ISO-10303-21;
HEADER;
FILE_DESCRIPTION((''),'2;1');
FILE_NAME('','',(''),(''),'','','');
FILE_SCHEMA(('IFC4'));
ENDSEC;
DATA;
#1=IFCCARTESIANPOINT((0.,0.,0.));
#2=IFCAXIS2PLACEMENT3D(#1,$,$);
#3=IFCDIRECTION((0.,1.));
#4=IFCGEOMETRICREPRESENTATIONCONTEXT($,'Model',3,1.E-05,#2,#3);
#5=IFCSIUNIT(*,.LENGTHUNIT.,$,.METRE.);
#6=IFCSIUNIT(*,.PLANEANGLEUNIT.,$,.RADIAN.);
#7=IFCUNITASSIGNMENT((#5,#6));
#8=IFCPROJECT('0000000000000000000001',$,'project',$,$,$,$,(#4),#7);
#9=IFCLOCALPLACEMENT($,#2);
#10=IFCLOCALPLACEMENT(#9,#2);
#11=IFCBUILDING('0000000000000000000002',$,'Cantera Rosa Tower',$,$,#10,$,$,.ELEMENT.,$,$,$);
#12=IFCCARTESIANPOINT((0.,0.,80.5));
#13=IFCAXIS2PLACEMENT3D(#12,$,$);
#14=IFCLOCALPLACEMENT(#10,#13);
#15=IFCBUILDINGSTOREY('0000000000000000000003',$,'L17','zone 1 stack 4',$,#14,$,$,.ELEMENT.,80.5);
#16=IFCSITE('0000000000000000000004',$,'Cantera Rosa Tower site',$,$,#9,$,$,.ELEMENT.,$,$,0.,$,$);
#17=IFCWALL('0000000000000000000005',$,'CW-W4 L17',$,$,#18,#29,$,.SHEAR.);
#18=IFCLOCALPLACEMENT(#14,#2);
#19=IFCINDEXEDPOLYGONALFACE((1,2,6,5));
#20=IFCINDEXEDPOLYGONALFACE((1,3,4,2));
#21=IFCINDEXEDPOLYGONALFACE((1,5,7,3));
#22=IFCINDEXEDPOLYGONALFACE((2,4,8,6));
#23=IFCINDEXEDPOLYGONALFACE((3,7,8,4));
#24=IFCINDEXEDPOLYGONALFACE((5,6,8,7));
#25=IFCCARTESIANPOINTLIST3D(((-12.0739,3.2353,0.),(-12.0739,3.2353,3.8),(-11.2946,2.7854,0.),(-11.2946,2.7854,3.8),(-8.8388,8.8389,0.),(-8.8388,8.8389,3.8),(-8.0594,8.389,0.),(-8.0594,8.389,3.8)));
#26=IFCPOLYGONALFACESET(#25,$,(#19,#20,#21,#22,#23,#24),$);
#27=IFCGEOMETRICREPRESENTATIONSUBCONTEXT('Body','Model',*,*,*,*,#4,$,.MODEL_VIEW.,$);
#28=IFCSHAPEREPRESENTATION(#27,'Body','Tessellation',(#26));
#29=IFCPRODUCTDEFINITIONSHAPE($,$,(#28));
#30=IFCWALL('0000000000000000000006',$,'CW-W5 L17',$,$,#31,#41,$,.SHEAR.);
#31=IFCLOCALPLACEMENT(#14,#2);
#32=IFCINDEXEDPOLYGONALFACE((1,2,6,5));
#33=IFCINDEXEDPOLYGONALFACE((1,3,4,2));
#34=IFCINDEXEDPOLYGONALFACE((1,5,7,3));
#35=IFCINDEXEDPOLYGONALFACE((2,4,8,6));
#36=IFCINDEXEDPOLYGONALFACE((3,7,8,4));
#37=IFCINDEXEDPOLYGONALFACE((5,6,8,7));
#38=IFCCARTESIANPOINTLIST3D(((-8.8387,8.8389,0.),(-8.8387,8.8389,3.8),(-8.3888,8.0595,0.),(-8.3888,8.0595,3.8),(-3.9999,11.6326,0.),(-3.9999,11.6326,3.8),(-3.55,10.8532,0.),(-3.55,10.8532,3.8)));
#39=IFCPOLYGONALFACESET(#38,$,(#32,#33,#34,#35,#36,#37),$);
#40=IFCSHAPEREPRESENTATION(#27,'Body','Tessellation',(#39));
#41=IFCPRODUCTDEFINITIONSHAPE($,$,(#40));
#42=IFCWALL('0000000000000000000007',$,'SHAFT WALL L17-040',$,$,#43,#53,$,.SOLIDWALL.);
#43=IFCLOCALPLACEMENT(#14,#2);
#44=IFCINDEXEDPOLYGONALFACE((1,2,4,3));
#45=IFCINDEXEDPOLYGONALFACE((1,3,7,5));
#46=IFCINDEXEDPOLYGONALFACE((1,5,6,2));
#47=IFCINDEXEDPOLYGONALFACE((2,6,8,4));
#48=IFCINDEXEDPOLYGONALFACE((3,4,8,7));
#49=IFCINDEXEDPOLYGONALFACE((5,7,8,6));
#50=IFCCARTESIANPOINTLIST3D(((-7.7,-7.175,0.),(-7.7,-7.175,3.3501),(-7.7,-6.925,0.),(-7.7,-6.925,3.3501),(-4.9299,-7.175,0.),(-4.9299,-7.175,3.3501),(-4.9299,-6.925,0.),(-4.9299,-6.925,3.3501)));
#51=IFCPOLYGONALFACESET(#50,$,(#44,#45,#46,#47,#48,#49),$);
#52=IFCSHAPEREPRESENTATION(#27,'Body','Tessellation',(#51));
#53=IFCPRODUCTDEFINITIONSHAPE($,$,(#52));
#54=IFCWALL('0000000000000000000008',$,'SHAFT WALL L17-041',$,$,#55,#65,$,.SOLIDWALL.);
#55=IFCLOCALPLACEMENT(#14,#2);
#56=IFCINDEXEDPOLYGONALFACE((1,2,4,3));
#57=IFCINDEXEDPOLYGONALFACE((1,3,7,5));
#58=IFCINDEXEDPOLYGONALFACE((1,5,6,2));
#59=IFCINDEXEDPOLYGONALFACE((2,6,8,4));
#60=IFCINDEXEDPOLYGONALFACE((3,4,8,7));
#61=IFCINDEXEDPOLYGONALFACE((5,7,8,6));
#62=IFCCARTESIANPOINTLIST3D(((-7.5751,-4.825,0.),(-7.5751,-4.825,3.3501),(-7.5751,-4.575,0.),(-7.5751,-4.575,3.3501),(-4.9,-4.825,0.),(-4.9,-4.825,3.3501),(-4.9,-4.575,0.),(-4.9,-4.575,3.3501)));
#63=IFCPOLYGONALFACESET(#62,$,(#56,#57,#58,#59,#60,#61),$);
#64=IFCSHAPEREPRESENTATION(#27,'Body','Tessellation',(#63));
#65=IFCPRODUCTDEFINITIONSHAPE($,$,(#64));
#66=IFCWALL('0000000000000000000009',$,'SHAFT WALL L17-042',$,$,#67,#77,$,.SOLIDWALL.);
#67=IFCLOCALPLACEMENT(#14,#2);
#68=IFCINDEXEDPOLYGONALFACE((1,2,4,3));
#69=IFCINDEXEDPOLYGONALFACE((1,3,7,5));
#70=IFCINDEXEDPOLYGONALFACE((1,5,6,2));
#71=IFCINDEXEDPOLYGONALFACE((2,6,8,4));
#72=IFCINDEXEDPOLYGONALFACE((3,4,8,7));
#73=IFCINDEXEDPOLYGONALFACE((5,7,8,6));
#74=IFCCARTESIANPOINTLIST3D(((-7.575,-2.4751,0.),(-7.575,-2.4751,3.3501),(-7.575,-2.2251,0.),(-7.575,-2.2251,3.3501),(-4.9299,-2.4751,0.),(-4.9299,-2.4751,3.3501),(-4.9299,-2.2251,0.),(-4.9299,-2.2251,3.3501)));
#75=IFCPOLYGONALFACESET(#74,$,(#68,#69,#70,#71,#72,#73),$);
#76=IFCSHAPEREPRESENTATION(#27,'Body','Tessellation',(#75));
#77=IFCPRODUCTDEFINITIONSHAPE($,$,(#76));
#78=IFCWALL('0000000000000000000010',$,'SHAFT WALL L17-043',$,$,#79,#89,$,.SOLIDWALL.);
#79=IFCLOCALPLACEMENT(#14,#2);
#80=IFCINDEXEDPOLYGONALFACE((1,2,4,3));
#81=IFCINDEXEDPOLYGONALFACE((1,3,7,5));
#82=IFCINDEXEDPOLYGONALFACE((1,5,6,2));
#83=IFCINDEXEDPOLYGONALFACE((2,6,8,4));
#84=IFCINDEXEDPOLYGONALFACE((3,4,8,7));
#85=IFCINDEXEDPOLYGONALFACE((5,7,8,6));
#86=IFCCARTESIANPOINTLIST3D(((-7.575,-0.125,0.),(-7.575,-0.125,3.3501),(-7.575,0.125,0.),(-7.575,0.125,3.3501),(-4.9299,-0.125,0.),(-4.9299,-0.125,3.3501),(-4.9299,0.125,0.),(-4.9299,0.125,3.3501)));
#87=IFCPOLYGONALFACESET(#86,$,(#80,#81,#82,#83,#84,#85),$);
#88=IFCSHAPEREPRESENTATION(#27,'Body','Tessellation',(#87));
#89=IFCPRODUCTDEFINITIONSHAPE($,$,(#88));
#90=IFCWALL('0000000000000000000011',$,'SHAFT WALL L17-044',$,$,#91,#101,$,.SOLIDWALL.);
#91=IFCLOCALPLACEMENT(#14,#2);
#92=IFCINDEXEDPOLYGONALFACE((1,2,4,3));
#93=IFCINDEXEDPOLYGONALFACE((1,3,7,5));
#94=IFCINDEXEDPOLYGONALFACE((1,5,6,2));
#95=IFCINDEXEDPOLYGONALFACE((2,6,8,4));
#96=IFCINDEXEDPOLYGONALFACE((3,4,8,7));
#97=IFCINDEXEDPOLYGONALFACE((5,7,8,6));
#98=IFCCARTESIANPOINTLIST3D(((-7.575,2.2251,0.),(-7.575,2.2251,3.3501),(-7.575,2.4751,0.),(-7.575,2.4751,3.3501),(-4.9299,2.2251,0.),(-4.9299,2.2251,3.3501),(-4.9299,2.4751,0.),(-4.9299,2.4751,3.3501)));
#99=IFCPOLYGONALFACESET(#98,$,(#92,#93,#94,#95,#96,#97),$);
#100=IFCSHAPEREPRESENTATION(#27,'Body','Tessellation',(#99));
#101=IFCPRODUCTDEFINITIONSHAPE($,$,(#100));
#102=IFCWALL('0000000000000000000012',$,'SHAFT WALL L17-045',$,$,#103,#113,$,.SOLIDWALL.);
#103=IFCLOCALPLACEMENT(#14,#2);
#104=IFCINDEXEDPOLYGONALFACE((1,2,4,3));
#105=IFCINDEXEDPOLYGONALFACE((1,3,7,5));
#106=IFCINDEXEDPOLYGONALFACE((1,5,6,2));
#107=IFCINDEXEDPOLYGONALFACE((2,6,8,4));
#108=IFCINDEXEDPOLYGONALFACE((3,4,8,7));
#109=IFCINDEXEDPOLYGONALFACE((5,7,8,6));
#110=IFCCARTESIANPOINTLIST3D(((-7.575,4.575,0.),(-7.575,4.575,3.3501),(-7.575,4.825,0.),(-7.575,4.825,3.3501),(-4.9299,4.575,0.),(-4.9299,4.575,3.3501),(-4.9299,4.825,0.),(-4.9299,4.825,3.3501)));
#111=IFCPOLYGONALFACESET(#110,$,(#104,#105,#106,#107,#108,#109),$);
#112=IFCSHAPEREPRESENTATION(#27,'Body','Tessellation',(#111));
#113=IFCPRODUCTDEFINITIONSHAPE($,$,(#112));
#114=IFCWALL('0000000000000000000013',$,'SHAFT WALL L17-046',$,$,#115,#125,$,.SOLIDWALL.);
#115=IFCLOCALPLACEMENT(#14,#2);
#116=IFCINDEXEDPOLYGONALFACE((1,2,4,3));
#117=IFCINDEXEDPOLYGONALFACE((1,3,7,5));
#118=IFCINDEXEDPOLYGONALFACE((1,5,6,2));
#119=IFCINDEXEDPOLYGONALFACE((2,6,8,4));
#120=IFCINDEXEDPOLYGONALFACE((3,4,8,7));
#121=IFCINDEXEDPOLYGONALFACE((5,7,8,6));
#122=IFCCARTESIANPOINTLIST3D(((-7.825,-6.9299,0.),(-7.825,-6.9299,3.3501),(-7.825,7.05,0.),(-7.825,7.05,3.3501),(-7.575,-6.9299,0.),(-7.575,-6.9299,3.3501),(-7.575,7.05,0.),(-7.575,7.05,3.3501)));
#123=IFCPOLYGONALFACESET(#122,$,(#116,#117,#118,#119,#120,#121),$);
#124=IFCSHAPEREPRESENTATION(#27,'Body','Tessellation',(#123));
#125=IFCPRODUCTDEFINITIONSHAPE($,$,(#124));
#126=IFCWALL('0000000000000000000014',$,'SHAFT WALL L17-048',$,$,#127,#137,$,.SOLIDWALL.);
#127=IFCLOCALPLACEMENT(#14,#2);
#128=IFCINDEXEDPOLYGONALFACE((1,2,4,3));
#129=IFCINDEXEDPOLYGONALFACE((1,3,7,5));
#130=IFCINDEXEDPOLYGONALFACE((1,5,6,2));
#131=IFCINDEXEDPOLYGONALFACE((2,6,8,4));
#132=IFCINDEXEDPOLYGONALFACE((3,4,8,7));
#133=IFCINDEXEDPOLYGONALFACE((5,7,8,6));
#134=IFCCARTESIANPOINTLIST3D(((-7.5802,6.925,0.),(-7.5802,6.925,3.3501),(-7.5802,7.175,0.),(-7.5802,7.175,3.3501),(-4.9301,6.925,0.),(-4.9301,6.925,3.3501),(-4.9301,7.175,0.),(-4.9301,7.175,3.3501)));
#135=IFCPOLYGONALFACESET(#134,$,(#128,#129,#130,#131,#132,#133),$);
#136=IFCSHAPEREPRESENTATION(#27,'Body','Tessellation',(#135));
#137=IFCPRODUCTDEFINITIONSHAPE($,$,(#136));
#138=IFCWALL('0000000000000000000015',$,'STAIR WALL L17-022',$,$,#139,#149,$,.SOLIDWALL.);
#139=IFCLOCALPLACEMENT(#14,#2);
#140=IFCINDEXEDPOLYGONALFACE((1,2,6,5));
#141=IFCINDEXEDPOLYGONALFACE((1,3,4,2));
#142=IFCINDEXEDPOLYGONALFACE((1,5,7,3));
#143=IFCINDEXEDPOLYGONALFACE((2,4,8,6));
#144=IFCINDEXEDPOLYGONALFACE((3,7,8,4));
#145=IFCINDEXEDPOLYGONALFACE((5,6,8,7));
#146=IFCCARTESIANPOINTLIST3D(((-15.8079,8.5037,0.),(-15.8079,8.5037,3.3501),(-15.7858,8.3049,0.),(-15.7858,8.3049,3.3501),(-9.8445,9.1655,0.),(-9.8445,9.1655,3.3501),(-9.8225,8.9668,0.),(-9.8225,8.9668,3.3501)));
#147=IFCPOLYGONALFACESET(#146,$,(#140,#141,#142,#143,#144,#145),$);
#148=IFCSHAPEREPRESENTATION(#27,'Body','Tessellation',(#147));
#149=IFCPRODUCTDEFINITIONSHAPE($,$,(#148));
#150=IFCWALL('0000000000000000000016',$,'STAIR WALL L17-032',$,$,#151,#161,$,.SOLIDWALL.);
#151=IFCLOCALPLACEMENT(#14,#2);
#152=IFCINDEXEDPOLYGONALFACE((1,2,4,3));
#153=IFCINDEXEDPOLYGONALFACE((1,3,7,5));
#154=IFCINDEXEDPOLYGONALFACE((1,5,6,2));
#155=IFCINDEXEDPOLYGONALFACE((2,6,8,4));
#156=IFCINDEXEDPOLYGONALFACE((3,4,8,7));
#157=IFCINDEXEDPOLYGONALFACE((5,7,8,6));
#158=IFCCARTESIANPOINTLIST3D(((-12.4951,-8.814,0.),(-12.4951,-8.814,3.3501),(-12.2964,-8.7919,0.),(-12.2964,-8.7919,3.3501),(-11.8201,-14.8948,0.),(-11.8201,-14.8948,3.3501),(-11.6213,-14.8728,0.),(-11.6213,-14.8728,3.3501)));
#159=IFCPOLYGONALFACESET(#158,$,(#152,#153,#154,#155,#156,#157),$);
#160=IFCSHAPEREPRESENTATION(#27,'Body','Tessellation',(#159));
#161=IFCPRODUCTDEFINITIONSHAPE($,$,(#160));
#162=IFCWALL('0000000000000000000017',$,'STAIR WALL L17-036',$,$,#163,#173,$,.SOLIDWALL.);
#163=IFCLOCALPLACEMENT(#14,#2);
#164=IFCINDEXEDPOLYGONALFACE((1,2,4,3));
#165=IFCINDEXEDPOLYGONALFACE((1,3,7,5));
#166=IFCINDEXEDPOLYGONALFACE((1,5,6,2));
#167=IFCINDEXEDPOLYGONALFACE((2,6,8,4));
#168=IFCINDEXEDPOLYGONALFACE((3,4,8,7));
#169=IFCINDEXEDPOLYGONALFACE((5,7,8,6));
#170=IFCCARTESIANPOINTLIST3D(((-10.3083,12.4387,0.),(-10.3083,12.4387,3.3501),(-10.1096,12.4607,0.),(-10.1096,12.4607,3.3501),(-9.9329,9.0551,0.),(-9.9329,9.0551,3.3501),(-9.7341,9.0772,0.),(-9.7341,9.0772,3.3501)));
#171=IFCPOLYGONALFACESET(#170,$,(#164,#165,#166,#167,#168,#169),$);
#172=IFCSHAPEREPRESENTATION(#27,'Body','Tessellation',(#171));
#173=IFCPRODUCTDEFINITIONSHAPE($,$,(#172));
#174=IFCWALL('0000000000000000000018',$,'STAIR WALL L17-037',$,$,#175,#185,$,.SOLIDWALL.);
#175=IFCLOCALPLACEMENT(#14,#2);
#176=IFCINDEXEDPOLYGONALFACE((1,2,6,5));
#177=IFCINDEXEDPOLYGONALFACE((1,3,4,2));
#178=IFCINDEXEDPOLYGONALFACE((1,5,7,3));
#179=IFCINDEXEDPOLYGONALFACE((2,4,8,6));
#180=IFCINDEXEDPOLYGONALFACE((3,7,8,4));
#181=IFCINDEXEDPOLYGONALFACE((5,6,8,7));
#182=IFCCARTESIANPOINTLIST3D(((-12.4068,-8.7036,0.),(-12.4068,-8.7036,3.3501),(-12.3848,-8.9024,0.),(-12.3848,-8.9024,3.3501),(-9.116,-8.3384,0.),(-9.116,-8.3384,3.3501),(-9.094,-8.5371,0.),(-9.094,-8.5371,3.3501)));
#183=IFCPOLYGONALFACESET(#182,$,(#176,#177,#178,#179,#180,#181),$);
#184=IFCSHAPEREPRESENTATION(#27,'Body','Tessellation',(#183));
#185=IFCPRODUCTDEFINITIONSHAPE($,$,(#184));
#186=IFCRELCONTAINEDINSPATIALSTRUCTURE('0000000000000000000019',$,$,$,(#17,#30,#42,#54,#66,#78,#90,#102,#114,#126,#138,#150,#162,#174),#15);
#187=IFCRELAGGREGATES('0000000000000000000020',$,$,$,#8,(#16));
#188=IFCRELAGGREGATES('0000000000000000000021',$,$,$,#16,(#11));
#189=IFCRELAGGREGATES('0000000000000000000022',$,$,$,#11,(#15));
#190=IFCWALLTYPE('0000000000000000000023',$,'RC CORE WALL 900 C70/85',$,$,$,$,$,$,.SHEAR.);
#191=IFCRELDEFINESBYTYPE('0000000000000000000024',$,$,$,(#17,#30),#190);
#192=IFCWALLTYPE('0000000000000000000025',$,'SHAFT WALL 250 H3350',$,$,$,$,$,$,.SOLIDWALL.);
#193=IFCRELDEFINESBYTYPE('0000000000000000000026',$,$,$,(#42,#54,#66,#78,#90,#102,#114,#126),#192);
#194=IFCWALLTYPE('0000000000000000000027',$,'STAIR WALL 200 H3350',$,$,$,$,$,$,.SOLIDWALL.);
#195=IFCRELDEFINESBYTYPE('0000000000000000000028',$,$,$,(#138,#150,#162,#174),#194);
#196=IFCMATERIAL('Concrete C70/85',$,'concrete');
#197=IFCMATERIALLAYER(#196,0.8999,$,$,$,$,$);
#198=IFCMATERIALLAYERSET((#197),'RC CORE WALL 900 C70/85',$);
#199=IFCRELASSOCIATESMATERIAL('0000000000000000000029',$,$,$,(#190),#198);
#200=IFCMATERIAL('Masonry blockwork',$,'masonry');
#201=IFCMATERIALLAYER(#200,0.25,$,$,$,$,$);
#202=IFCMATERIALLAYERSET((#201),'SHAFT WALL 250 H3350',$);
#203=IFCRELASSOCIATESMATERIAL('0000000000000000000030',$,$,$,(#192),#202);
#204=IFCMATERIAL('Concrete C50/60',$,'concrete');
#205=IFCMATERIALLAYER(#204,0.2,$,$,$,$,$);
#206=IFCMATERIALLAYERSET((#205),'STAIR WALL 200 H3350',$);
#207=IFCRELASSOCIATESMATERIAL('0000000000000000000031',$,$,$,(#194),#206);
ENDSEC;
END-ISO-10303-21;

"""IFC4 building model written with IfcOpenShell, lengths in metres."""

from ifc_helpers import new_model, si_unit, direction, frame, frame_2d, origin, place, context, subcontext, project, spatial, rectangle, extrude, material, layer, layer_set, type_object, element, save


model = new_model("IFC4")

# Units and contexts
model_context = context("Model", 3, precision=1e-05, world=origin(), true_north=direction((0.0, 1.0)))
body_context = subcontext(model_context, "Body", "Model", "MODEL_VIEW")
ifc_project = project(units=[si_unit("LENGTHUNIT", "METRE"), si_unit("PLANEANGLEUNIT", "RADIAN")], contexts=[model_context])

# Site, building, storey
site_placement = place(None, origin())
site = spatial("IfcSite", under=ifc_project, at=site_placement, Name="Cantera Rosa Tower site", CompositionType="ELEMENT", RefElevation=0.0)
building_placement = place(site_placement, origin())
building = spatial("IfcBuilding", under=site, at=building_placement, Name="Cantera Rosa Tower", CompositionType="ELEMENT")
storey_placement = place(building_placement, frame((0.0, 0.0, 80.5)))
storey = spatial("IfcBuildingStorey", under=building, at=storey_placement, Name="L17", Description="zone 1 stack 4", CompositionType="ELEMENT", Elevation=80.5)

# Walls
ifc_material_1 = material(Name="Concrete C70/85", Category="concrete")
ifc_layer_1 = layer(ifc_material_1, 0.8999)
ifc_layer_set_1 = layer_set([ifc_layer_1], Name="RC CORE WALL 900 C70/85")
wall_type_1 = type_object("IfcWallType", Name="RC CORE WALL 900 C70/85", PredefinedType="SHEAR", material=ifc_layer_set_1)
wall_1_placement = place(storey_placement, frame((-11.6843, 3.0103, 0.0), z_axis=(0.0, 0.0, 1.0), x_axis=(0.49999, 0.866031, 0.0)))
element("IfcWall", 1, at=wall_1_placement, inside=storey, type_object=wall_type_1, Name="CW-W4 L17", PredefinedType="SHEAR", context=body_context, shape_type="SweptSolid", body=[
    extrude(rectangle(XDim=6.4705, YDim=0.8999, at=frame_2d((3.2354, 0.0))), origin(), (0.0, 0.0, 1.0), 3.8),
])
wall_2_placement = place(storey_placement, frame((-8.6138, 8.4492, 0.0), z_axis=(0.0, 0.0, 1.0), x_axis=(0.866027, 0.499997, 0.0)))
element("IfcWall", 2, at=wall_2_placement, inside=storey, type_object=wall_type_1, Name="CW-W5 L17", PredefinedType="SHEAR", context=body_context, shape_type="SweptSolid", body=[
    extrude(rectangle(XDim=5.5874, YDim=0.8999, at=frame_2d((2.7937, 0.0))), origin(), (0.0, 0.0, 1.0), 3.8),
])
ifc_material_2 = material(Name="Masonry blockwork", Category="masonry")
ifc_layer_2 = layer(ifc_material_2, 0.25)
ifc_layer_set_2 = layer_set([ifc_layer_2], Name="SHAFT WALL 250 H3350")
wall_type_2 = type_object("IfcWallType", Name="SHAFT WALL 250 H3350", PredefinedType="SOLIDWALL", material=ifc_layer_set_2)
wall_3_placement = place(storey_placement, frame((-7.7, -7.05, 0.0), z_axis=(0.0, 0.0, 1.0), x_axis=(1.0, 0.0, 0.0)))
element("IfcWall", 3, at=wall_3_placement, inside=storey, type_object=wall_type_2, Name="SHAFT WALL L17-040", PredefinedType="SOLIDWALL", context=body_context, shape_type="SweptSolid", body=[
    extrude(rectangle(XDim=2.77, YDim=0.25, at=frame_2d((1.385, 0.0))), origin(), (0.0, 0.0, 1.0), 3.3501),
])
wall_4_placement = place(storey_placement, frame((-7.575, -4.7, 0.0), z_axis=(0.0, 0.0, 1.0), x_axis=(1.0, 0.0, 0.0)))
element("IfcWall", 4, at=wall_4_placement, inside=storey, type_object=wall_type_2, Name="SHAFT WALL L17-041", PredefinedType="SOLIDWALL", context=body_context, shape_type="SweptSolid", body=[
    extrude(rectangle(XDim=2.675, YDim=0.25, at=frame_2d((1.3374, 0.0))), origin(), (0.0, 0.0, 1.0), 3.3501),
])
for number, where, z_axis, x_axis, name in (
    (5, (-7.575, -2.3501, 0.0), (0.0, 0.0, 1.0), (1.0, 0.0, 0.0), "SHAFT WALL L17-042"),
    (6, (-7.575, 0.0, 0.0), (0.0, 0.0, 1.0), (1.0, 0.0, 0.0), "SHAFT WALL L17-043"),
    (7, (-7.575, 2.3501, 0.0), (0.0, 0.0, 1.0), (1.0, 0.0, 0.0), "SHAFT WALL L17-044"),
    (8, (-7.575, 4.7, 0.0), (0.0, 0.0, 1.0), (1.0, 0.0, 0.0), "SHAFT WALL L17-045"),
):
    element("IfcWall", number, at=place(storey_placement, frame(where, z_axis=z_axis, x_axis=x_axis)), inside=storey, type_object=wall_type_2, Name=name, PredefinedType="SOLIDWALL", context=body_context, shape_type="SweptSolid", body=[
        extrude(rectangle(XDim=2.645, YDim=0.25, at=frame_2d((1.3225, 0.0))), origin(), (0.0, 0.0, 1.0), 3.3501),
    ])
wall_5_placement = place(storey_placement, frame((-7.7, 7.05, 0.0), z_axis=(0.0, 0.0, 1.0), x_axis=(0.0, -1.0, 0.0)))
element("IfcWall", 9, at=wall_5_placement, inside=storey, type_object=wall_type_2, Name="SHAFT WALL L17-046", PredefinedType="SOLIDWALL", context=body_context, shape_type="SweptSolid", body=[
    extrude(rectangle(XDim=13.98, YDim=0.25, at=frame_2d((6.99, 0.0))), origin(), (0.0, 0.0, 1.0), 3.3501),
])
wall_6_placement = place(storey_placement, frame((-4.9299, 7.05, 0.0), z_axis=(0.0, 0.0, 1.0), x_axis=(-1.0, 0.0, 0.0)))
element("IfcWall", 10, at=wall_6_placement, inside=storey, type_object=wall_type_2, Name="SHAFT WALL L17-048", PredefinedType="SOLIDWALL", context=body_context, shape_type="SweptSolid", body=[
    extrude(rectangle(XDim=2.6501, YDim=0.25, at=frame_2d((1.3252, 0.0))), origin(), (0.0, 0.0, 1.0), 3.3501),
])
ifc_material_3 = material(Name="Concrete C50/60", Category="concrete")
ifc_layer_3 = layer(ifc_material_3, 0.2)
ifc_layer_set_3 = layer_set([ifc_layer_3], Name="STAIR WALL 200 H3350")
wall_type_3 = type_object("IfcWallType", Name="STAIR WALL 200 H3350", PredefinedType="SOLIDWALL", material=ifc_layer_set_3)
wall_7_placement = place(storey_placement, frame((-15.7969, 8.4043, 0.0), z_axis=(0.0, 0.0, 1.0), x_axis=(0.993897, 0.110311, 0.0)))
element("IfcWall", 11, at=wall_7_placement, inside=storey, type_object=wall_type_3, Name="STAIR WALL L17-022", PredefinedType="SOLIDWALL", context=body_context, shape_type="SweptSolid", body=[
    extrude(rectangle(XDim=6.0, YDim=0.2, at=frame_2d((3.0, 0.0))), origin(), (0.0, 0.0, 1.0), 3.3501),
])
wall_8_placement = place(storey_placement, frame((-12.3958, -8.803, 0.0), z_axis=(0.0, 0.0, 1.0), x_axis=(0.110335, -0.993894, 0.0)))
element("IfcWall", 12, at=wall_8_placement, inside=storey, type_object=wall_type_3, Name="STAIR WALL L17-032", PredefinedType="SOLIDWALL", context=body_context, shape_type="SweptSolid", body=[
    extrude(rectangle(XDim=6.1182, YDim=0.2, at=frame_2d((3.0591, 0.0))), origin(), (0.0, 0.0, 1.0), 3.3501),
])
wall_9_placement = place(storey_placement, frame((-9.8335, 9.0662, 0.0), z_axis=(0.0, 0.0, 1.0), x_axis=(-0.110298, 0.993899, 0.0)))
element("IfcWall", 13, at=wall_9_placement, inside=storey, type_object=wall_type_3, Name="STAIR WALL L17-036", PredefinedType="SOLIDWALL", context=body_context, shape_type="SweptSolid", body=[
    extrude(rectangle(XDim=3.4043, YDim=0.2, at=frame_2d((1.7021, 0.0))), origin(), (0.0, 0.0, 1.0), 3.3501),
])
wall_10_placement = place(storey_placement, frame((-9.105, -8.4377, 0.0), z_axis=(0.0, 0.0, 1.0), x_axis=(-0.993897, -0.11031, 0.0)))
element("IfcWall", 14, at=wall_10_placement, inside=storey, type_object=wall_type_3, Name="STAIR WALL L17-037", PredefinedType="SOLIDWALL", context=body_context, shape_type="SweptSolid", body=[
    extrude(rectangle(XDim=3.311, YDim=0.2, at=frame_2d((1.6555, 0.0))), origin(), (0.0, 0.0, 1.0), 3.3501),
])

save(model, "model.ifc")
